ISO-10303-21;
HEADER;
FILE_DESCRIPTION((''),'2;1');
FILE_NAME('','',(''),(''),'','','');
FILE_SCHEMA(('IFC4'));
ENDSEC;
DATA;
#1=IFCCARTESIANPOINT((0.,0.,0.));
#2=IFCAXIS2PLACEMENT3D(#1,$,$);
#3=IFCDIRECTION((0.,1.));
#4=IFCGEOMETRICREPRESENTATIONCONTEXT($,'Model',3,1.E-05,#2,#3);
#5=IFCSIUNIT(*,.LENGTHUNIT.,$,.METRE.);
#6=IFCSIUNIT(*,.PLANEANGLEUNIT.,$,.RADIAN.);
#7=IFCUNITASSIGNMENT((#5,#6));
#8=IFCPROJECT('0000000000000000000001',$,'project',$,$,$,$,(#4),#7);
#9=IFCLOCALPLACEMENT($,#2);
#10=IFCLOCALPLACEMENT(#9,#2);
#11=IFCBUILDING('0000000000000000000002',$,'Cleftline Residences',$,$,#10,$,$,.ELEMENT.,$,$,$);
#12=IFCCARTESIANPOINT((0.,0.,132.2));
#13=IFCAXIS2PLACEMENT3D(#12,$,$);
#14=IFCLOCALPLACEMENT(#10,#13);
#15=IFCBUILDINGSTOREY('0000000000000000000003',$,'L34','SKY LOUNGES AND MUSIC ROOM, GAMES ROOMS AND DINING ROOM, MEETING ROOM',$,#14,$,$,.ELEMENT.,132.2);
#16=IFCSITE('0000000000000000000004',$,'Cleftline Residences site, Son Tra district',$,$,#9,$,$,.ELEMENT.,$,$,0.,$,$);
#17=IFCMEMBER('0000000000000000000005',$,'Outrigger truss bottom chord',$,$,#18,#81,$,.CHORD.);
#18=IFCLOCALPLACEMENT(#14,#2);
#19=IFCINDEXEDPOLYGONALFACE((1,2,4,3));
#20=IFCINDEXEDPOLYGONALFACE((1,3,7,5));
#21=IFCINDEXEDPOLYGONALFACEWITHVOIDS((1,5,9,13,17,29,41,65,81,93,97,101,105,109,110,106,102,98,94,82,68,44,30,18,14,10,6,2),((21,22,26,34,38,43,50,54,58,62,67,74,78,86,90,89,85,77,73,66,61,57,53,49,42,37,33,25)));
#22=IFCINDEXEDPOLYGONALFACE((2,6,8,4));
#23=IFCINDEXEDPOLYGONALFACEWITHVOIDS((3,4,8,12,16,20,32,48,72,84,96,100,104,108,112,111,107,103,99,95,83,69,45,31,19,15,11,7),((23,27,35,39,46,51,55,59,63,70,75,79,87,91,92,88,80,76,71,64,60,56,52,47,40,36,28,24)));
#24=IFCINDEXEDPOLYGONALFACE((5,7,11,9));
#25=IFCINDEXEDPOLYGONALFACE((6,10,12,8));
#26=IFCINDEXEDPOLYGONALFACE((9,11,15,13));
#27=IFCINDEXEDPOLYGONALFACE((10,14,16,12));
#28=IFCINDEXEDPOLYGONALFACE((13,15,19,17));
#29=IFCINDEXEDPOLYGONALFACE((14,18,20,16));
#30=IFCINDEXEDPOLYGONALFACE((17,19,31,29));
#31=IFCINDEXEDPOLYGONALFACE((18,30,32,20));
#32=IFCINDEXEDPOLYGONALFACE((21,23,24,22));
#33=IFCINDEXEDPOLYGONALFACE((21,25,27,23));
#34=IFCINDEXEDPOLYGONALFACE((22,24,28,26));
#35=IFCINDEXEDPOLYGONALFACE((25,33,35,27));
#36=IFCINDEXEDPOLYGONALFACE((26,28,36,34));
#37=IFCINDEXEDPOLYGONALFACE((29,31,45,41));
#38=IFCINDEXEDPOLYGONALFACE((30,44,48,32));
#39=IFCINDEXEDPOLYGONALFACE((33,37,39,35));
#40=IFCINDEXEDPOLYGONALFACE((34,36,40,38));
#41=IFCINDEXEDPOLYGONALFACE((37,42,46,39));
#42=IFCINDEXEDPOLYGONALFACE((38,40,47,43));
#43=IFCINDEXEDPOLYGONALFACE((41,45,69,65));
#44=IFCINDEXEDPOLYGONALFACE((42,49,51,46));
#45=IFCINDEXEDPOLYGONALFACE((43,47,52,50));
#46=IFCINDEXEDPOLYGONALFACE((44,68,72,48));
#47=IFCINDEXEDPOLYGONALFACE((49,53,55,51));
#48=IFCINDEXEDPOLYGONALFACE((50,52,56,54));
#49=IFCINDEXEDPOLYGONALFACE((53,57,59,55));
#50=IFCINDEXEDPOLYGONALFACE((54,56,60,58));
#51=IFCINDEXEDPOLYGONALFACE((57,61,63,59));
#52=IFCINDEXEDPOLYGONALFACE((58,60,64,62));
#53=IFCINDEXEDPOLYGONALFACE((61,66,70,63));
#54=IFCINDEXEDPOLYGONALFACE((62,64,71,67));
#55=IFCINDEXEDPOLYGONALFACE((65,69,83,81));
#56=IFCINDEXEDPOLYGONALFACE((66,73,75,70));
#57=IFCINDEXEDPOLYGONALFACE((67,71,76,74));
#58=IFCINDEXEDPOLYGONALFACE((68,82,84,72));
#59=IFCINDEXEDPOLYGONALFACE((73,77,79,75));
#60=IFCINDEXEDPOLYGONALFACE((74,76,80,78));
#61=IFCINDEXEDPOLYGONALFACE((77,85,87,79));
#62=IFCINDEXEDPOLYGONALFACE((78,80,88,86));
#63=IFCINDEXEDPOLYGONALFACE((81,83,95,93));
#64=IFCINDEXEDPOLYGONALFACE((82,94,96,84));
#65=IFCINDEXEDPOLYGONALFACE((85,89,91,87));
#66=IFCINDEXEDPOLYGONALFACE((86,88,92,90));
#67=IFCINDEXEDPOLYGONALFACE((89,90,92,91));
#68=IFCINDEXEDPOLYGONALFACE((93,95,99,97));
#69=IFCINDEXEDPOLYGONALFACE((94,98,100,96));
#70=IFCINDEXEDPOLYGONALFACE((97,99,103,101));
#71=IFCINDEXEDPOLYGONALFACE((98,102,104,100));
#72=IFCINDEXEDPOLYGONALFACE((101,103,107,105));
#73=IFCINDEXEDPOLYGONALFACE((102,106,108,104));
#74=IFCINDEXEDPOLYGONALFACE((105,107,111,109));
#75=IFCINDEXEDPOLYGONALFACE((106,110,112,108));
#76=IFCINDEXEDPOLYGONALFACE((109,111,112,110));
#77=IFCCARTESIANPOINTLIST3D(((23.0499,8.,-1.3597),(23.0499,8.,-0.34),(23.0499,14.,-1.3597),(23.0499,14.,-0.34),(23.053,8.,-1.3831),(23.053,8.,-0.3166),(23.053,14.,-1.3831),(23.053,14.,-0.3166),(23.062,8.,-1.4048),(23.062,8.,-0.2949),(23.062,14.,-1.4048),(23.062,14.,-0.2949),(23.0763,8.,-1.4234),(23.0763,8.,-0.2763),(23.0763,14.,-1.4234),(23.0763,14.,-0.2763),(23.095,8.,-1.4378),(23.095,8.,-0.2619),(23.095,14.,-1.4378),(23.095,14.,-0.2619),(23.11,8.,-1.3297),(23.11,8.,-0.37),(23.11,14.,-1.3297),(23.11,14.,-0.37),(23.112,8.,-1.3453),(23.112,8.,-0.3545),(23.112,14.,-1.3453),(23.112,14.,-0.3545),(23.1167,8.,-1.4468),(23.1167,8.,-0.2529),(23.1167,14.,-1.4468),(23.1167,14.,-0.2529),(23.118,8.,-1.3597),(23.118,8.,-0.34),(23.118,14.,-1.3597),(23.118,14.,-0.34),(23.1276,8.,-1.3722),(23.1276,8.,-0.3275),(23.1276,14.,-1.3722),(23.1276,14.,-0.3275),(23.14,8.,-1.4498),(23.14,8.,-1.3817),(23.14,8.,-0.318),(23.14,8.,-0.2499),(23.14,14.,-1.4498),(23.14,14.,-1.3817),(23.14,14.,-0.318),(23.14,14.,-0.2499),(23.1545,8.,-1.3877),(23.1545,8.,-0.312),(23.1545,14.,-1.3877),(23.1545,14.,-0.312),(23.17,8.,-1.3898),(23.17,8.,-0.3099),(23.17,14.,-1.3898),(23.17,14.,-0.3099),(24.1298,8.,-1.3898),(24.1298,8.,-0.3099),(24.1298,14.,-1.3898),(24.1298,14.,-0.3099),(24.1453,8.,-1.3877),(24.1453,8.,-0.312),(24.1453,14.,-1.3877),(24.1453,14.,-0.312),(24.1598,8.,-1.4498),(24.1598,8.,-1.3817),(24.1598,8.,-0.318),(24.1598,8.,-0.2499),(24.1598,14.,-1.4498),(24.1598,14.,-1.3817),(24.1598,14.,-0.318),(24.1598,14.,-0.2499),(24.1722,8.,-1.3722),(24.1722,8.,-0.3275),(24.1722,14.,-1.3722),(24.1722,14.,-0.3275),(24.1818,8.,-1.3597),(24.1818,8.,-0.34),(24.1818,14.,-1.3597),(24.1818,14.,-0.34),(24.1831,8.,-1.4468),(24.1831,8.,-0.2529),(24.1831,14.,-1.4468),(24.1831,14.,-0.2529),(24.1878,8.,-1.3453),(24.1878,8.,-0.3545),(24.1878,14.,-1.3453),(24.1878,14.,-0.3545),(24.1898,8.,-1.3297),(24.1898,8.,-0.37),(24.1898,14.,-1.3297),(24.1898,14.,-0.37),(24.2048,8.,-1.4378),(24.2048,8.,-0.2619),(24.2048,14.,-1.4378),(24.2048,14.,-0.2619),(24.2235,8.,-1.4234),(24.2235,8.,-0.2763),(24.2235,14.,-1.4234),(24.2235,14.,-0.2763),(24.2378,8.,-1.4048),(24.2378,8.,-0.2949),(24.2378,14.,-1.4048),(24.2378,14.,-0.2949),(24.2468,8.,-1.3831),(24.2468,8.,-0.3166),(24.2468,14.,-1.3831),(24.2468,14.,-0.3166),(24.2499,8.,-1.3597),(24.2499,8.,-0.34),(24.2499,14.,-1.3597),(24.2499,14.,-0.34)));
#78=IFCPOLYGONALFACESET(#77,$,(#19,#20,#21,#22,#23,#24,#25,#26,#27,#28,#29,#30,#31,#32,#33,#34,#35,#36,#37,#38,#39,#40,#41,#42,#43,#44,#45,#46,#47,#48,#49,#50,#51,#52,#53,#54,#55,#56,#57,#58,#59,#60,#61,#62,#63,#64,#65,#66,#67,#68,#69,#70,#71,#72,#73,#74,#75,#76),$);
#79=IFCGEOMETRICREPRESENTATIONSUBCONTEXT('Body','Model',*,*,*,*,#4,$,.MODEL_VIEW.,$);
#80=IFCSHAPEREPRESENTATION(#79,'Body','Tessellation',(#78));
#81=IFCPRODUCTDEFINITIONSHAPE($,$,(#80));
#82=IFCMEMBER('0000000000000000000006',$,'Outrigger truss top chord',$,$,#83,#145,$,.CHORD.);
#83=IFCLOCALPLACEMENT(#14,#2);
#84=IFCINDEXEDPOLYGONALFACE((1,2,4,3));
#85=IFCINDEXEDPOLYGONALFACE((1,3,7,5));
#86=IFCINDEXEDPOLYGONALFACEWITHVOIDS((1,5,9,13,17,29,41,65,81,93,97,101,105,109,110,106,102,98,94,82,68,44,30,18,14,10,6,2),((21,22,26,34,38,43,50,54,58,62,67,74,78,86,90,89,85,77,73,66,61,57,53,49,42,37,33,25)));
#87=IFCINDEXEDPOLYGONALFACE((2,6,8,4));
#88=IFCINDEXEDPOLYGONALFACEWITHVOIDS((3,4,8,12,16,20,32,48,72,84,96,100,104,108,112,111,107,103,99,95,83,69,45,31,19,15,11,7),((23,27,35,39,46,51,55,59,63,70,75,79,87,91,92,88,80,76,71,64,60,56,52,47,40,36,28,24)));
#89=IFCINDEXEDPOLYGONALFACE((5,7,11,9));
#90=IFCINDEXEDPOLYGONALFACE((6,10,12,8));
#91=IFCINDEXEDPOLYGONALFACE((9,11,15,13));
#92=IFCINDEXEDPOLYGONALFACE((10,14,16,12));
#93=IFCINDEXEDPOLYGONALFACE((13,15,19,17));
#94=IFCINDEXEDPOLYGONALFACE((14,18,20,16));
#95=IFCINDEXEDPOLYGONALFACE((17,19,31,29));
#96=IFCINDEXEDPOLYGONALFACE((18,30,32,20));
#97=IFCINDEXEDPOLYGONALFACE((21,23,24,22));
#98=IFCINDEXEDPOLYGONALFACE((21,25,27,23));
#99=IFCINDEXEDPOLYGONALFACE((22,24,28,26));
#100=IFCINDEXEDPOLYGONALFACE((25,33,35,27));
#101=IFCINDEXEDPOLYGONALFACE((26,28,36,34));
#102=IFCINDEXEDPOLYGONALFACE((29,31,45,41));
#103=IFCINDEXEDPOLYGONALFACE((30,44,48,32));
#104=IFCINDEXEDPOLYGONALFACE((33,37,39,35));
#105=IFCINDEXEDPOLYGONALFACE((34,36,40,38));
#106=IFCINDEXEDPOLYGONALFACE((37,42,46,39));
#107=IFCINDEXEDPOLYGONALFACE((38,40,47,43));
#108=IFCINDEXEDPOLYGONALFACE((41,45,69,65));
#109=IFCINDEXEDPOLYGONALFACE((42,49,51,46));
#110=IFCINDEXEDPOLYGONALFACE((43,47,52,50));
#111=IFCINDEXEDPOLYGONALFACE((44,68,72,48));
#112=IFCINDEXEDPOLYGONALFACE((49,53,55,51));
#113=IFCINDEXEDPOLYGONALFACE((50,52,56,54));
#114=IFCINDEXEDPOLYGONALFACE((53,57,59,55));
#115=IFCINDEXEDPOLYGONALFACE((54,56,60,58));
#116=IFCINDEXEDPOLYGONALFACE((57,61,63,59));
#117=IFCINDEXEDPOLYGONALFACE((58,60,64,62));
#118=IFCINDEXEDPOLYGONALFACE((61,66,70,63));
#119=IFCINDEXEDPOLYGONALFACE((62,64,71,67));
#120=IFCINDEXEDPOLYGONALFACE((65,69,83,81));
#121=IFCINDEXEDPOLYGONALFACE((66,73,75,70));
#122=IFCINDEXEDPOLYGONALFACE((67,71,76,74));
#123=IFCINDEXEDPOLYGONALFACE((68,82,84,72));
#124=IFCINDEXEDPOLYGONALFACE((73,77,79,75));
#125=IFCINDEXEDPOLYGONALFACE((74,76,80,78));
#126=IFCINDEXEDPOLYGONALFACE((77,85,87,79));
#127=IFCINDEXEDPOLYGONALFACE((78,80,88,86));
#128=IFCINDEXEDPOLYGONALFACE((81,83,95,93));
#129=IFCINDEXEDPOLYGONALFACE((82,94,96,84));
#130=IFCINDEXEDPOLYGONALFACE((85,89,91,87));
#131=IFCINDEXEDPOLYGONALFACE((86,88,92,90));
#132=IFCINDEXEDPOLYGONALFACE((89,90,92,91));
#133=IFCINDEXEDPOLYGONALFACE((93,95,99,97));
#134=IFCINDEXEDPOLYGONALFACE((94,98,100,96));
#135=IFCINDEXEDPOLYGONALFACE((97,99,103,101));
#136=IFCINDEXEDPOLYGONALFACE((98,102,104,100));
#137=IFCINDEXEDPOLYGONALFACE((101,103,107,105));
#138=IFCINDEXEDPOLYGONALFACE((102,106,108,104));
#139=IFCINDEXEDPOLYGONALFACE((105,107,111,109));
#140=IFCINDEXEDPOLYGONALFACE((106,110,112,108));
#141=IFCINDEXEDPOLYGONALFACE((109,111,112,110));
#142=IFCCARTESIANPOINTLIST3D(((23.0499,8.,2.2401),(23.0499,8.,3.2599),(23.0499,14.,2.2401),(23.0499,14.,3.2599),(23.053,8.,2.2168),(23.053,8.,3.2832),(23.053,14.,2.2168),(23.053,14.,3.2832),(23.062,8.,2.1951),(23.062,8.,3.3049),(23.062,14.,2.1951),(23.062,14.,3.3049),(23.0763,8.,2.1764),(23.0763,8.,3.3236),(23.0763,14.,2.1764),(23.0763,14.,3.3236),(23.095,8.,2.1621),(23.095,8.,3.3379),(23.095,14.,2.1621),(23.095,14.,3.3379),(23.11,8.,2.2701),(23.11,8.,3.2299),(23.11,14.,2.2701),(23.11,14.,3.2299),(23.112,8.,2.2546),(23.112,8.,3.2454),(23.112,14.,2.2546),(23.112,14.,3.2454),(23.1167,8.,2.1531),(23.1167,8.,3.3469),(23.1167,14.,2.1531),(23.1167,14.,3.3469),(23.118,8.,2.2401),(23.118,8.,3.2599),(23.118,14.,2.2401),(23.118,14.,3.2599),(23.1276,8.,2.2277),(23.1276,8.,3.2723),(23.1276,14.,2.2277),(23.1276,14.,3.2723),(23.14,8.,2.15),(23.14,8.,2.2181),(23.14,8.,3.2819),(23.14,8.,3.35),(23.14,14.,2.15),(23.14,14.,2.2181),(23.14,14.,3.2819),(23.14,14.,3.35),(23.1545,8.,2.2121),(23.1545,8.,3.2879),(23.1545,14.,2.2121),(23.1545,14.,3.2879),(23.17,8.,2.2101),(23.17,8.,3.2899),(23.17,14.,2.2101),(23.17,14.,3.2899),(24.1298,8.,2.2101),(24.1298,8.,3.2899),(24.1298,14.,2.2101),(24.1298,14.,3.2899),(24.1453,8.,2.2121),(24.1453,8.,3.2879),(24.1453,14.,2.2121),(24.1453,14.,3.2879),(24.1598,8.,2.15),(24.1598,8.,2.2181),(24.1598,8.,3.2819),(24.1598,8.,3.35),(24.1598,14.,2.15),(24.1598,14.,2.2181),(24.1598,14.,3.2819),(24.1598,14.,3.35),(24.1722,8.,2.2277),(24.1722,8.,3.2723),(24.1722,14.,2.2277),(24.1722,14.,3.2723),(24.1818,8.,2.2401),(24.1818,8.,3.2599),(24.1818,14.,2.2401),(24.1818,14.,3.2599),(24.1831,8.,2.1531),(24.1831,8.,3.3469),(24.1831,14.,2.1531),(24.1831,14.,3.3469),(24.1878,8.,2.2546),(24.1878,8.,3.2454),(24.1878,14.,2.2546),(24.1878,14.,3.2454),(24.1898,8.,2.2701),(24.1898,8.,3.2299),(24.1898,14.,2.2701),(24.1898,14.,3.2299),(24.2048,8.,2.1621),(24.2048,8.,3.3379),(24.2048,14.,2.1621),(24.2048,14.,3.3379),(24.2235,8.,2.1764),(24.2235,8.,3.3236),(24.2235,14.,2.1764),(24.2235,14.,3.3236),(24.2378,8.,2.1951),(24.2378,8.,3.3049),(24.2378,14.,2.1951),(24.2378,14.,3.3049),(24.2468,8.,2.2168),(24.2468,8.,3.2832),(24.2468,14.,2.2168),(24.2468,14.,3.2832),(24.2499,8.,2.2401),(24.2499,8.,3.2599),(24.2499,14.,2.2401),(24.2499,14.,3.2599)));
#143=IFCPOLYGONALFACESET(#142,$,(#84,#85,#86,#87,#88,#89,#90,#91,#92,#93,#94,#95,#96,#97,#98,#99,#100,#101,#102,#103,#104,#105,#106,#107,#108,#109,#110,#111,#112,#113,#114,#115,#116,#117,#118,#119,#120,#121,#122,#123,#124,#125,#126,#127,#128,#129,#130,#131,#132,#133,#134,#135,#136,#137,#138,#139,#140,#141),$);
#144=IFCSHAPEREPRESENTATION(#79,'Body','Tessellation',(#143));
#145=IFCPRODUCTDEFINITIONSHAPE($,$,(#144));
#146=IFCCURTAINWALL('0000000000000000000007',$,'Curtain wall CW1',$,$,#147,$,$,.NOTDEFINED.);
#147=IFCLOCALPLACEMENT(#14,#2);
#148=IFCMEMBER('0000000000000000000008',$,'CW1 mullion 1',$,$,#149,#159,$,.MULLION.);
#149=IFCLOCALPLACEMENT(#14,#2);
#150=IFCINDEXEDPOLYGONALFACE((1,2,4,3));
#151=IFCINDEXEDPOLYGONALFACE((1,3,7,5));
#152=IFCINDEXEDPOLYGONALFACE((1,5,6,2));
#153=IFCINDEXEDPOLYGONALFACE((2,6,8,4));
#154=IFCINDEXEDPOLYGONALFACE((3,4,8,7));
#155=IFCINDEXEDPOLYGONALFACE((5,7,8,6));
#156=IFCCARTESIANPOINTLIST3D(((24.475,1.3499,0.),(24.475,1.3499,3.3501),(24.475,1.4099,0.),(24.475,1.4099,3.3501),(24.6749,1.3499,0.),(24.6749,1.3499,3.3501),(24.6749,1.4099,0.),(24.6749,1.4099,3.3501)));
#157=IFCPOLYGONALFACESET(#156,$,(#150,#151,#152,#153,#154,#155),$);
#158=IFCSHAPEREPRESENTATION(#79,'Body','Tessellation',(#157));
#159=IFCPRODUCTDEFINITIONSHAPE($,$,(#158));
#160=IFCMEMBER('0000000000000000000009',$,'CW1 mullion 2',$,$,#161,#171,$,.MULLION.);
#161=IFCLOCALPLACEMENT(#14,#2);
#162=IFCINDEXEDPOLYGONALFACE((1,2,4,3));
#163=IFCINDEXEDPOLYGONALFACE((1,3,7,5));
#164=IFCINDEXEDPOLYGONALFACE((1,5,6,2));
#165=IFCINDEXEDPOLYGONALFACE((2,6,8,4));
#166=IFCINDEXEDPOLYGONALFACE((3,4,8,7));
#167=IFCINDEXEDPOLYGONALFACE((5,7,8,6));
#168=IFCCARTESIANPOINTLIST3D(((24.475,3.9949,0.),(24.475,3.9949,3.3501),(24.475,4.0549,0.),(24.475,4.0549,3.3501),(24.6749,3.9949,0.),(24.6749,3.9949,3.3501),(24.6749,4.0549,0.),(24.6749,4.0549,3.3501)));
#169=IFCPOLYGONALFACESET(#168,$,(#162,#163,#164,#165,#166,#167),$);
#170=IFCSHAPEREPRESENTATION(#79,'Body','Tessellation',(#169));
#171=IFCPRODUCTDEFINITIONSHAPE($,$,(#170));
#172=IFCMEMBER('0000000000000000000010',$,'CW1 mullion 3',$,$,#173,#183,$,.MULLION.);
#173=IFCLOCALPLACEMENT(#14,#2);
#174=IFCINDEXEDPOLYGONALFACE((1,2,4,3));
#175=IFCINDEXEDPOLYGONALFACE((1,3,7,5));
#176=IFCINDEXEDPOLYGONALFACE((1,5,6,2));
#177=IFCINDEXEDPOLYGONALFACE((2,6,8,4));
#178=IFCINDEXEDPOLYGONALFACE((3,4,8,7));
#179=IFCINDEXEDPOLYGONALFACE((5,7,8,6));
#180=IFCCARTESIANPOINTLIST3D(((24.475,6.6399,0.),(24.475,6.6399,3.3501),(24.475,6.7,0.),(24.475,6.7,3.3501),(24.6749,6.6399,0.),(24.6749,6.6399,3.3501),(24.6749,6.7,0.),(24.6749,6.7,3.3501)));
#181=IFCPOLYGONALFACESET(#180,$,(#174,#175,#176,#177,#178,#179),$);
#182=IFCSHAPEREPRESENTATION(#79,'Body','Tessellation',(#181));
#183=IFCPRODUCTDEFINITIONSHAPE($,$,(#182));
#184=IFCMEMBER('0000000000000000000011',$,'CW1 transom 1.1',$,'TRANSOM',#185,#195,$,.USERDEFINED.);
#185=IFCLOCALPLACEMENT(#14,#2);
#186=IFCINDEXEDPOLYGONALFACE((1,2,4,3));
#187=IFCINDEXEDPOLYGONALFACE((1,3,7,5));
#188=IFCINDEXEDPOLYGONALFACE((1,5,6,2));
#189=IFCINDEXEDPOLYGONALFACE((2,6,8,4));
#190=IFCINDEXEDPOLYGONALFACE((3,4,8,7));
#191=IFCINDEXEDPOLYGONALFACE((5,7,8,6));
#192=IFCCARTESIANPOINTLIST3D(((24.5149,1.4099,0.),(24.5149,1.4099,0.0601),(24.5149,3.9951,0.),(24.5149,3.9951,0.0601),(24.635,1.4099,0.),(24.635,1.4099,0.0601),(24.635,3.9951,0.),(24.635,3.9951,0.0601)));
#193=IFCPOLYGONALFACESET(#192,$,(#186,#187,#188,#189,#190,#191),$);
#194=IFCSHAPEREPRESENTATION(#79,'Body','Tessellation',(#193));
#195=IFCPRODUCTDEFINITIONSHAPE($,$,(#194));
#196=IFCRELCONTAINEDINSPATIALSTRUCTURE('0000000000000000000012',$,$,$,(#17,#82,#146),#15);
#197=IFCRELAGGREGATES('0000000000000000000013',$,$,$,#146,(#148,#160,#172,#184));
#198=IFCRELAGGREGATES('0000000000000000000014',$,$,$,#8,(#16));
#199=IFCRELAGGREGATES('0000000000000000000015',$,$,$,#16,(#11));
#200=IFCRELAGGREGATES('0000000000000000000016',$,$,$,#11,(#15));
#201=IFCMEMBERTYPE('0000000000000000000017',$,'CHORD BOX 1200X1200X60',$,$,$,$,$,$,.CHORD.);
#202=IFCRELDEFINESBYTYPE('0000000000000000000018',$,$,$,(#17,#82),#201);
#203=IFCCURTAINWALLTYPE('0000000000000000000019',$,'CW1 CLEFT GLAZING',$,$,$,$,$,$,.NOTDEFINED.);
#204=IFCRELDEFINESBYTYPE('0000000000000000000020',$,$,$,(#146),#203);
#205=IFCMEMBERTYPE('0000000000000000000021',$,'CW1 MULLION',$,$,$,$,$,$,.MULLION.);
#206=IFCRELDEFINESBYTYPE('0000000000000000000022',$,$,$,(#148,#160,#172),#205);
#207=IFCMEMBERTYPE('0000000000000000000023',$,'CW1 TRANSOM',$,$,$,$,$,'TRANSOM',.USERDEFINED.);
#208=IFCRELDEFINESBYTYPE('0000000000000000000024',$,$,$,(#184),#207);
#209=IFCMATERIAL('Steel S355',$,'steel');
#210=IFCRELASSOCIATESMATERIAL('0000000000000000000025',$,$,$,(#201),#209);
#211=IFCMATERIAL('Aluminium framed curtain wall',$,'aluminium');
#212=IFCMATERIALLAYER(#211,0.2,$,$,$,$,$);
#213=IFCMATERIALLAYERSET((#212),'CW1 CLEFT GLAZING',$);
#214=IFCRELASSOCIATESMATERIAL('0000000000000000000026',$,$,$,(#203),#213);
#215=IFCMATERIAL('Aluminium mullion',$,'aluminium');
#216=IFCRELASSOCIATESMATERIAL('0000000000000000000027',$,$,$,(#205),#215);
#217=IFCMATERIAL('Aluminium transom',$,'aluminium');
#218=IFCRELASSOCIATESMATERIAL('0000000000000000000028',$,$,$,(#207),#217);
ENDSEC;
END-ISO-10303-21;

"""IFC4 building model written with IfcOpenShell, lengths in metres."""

from ifc_helpers import new_model, si_unit, direction, frame, origin, origin_2d, place, context, subcontext, project, spatial, rectangle, hollow_rectangle, extrude, material, layer, layer_set, material_profile, profile_set, type_object, element, aggregate, save


model = new_model("IFC4")

# Units and contexts
model_context = context("Model", 3, precision=1e-05, world=origin(), true_north=direction((0.0, 1.0)))
body_context = subcontext(model_context, "Body", "Model", "MODEL_VIEW")
ifc_project = project(units=[si_unit("LENGTHUNIT", "METRE"), si_unit("PLANEANGLEUNIT", "RADIAN")], contexts=[model_context])

# Site, building, storey
site_placement = place(None, origin())
site = spatial("IfcSite", under=ifc_project, at=site_placement, Name="Cleftline Residences site, Son Tra district", CompositionType="ELEMENT", RefElevation=0.0)
building_placement = place(site_placement, origin())
building = spatial("IfcBuilding", under=site, at=building_placement, Name="Cleftline Residences", CompositionType="ELEMENT")
storey_placement = place(building_placement, frame((0.0, 0.0, 132.2)))
storey = spatial("IfcBuildingStorey", under=building, at=storey_placement, Name="L34", Description="SKY LOUNGES AND MUSIC ROOM, GAMES ROOMS AND DINING ROOM, MEETING ROOM", CompositionType="ELEMENT", Elevation=132.2)

# Members
ifc_material_1 = material(Name="Steel S355", Category="steel")
ifc_material_profile_1 = material_profile(ifc_material_1, hollow_rectangle(XDim=1.2, YDim=1.2, WallThickness=0.0601, InnerFilletRadius=0.0601, OuterFilletRadius=0.0901, at=origin_2d()))
ifc_profile_set_1 = profile_set([ifc_material_profile_1], Name="Steel S355")
member_type_1 = type_object("IfcMemberType", Name="CHORD BOX 1200X1200X60", PredefinedType="CHORD", material=ifc_profile_set_1)
for number, where, z_axis, x_axis, name in (
    (1, (23.6499, 8.0, -0.8499), (0.0, 1.0, 0.0), (-1.0, 0.0, 0.0), "Outrigger truss bottom chord"),
    (2, (23.6499, 8.0, 2.75), (0.0, 1.0, 0.0), (-1.0, 0.0, 0.0), "Outrigger truss top chord"),
):
    element("IfcMember", number, at=place(storey_placement, frame(where, z_axis=z_axis, x_axis=x_axis)), inside=storey, type_object=member_type_1, Name=name, PredefinedType="CHORD", context=body_context, shape_type="SweptSolid", body=[
        extrude(hollow_rectangle(XDim=1.2, YDim=1.2, WallThickness=0.0601, InnerFilletRadius=0.0601, OuterFilletRadius=0.0901, at=origin_2d()), origin(), (0.0, 0.0, 1.0), 6.0),
    ])

# Curtain wall, members
ifc_material_2 = material(Name="Aluminium framed curtain wall", Category="aluminium")
ifc_layer_1 = layer(ifc_material_2, 0.2)
ifc_layer_set_1 = layer_set([ifc_layer_1], Name="CW1 CLEFT GLAZING")
curtain_wall_type = type_object("IfcCurtainWallType", Name="CW1 CLEFT GLAZING", PredefinedType="NOTDEFINED", material=ifc_layer_set_1)
curtain_wall_placement = place(storey_placement, origin())
curtain_wall = element("IfcCurtainWall", 3, at=curtain_wall_placement, inside=storey, type_object=curtain_wall_type, Name="Curtain wall CW1", PredefinedType="NOTDEFINED")
ifc_material_3 = material(Name="Aluminium mullion", Category="aluminium")
ifc_material_profile_2 = material_profile(ifc_material_3, rectangle(XDim=0.2, YDim=0.0601, at=origin_2d()))
ifc_profile_set_2 = profile_set([ifc_material_profile_2], Name="Aluminium mullion")
member_type_2 = type_object("IfcMemberType", Name="CW1 MULLION", PredefinedType="MULLION", material=ifc_profile_set_2)
member_1_placement = place(storey_placement, frame((24.575, 1.3799, 0.0), z_axis=(0.0, 0.0, 1.0), x_axis=(-1.0, 0.0, 0.0)))
member_1 = element("IfcMember", 4, at=member_1_placement, type_object=member_type_2, Name="CW1 mullion 1", PredefinedType="MULLION", context=body_context, shape_type="SweptSolid", body=[
    extrude(rectangle(XDim=0.2, YDim=0.0601, at=origin_2d()), origin(), (0.0, 0.0, 1.0), 3.3501),
])
member_2_placement = place(storey_placement, frame((24.575, 4.0249, 0.0), z_axis=(0.0, 0.0, 1.0), x_axis=(-1.0, 0.0, 0.0)))
member_2 = element("IfcMember", 5, at=member_2_placement, type_object=member_type_2, Name="CW1 mullion 2", PredefinedType="MULLION", context=body_context, shape_type="SweptSolid", body=[
    extrude(rectangle(XDim=0.2, YDim=0.0601, at=origin_2d()), origin(), (0.0, 0.0, 1.0), 3.3501),
])
member_3_placement = place(storey_placement, frame((24.575, 6.6699, 0.0), z_axis=(0.0, 0.0, 1.0), x_axis=(-1.0, 0.0, 0.0)))
member_3 = element("IfcMember", 6, at=member_3_placement, type_object=member_type_2, Name="CW1 mullion 3", PredefinedType="MULLION", context=body_context, shape_type="SweptSolid", body=[
    extrude(rectangle(XDim=0.2, YDim=0.0601, at=origin_2d()), origin(), (0.0, 0.0, 1.0), 3.3501),
])
ifc_material_4 = material(Name="Aluminium transom", Category="aluminium")
ifc_material_profile_3 = material_profile(ifc_material_4, rectangle(XDim=0.1201, YDim=0.0601, at=origin_2d()))
ifc_profile_set_3 = profile_set([ifc_material_profile_3], Name="Aluminium transom")
member_type_3 = type_object("IfcMemberType", Name="CW1 TRANSOM", ElementType="TRANSOM", PredefinedType="USERDEFINED", material=ifc_profile_set_3)
member_4_placement = place(storey_placement, frame((24.575, 1.4099, 0.03), z_axis=(0.0, 1.0, 0.0), x_axis=(-1.0, 0.0, 0.0)))
member_4 = element("IfcMember", 7, at=member_4_placement, type_object=member_type_3, Name="CW1 transom 1.1", ObjectType="TRANSOM", PredefinedType="USERDEFINED", context=body_context, shape_type="SweptSolid", body=[
    extrude(rectangle(XDim=0.1201, YDim=0.0601, at=origin_2d()), origin(), (0.0, 0.0, 1.0), 2.5852),
])
aggregate(curtain_wall, [member_1, member_2, member_3, member_4])

save(model, "model.ifc")
